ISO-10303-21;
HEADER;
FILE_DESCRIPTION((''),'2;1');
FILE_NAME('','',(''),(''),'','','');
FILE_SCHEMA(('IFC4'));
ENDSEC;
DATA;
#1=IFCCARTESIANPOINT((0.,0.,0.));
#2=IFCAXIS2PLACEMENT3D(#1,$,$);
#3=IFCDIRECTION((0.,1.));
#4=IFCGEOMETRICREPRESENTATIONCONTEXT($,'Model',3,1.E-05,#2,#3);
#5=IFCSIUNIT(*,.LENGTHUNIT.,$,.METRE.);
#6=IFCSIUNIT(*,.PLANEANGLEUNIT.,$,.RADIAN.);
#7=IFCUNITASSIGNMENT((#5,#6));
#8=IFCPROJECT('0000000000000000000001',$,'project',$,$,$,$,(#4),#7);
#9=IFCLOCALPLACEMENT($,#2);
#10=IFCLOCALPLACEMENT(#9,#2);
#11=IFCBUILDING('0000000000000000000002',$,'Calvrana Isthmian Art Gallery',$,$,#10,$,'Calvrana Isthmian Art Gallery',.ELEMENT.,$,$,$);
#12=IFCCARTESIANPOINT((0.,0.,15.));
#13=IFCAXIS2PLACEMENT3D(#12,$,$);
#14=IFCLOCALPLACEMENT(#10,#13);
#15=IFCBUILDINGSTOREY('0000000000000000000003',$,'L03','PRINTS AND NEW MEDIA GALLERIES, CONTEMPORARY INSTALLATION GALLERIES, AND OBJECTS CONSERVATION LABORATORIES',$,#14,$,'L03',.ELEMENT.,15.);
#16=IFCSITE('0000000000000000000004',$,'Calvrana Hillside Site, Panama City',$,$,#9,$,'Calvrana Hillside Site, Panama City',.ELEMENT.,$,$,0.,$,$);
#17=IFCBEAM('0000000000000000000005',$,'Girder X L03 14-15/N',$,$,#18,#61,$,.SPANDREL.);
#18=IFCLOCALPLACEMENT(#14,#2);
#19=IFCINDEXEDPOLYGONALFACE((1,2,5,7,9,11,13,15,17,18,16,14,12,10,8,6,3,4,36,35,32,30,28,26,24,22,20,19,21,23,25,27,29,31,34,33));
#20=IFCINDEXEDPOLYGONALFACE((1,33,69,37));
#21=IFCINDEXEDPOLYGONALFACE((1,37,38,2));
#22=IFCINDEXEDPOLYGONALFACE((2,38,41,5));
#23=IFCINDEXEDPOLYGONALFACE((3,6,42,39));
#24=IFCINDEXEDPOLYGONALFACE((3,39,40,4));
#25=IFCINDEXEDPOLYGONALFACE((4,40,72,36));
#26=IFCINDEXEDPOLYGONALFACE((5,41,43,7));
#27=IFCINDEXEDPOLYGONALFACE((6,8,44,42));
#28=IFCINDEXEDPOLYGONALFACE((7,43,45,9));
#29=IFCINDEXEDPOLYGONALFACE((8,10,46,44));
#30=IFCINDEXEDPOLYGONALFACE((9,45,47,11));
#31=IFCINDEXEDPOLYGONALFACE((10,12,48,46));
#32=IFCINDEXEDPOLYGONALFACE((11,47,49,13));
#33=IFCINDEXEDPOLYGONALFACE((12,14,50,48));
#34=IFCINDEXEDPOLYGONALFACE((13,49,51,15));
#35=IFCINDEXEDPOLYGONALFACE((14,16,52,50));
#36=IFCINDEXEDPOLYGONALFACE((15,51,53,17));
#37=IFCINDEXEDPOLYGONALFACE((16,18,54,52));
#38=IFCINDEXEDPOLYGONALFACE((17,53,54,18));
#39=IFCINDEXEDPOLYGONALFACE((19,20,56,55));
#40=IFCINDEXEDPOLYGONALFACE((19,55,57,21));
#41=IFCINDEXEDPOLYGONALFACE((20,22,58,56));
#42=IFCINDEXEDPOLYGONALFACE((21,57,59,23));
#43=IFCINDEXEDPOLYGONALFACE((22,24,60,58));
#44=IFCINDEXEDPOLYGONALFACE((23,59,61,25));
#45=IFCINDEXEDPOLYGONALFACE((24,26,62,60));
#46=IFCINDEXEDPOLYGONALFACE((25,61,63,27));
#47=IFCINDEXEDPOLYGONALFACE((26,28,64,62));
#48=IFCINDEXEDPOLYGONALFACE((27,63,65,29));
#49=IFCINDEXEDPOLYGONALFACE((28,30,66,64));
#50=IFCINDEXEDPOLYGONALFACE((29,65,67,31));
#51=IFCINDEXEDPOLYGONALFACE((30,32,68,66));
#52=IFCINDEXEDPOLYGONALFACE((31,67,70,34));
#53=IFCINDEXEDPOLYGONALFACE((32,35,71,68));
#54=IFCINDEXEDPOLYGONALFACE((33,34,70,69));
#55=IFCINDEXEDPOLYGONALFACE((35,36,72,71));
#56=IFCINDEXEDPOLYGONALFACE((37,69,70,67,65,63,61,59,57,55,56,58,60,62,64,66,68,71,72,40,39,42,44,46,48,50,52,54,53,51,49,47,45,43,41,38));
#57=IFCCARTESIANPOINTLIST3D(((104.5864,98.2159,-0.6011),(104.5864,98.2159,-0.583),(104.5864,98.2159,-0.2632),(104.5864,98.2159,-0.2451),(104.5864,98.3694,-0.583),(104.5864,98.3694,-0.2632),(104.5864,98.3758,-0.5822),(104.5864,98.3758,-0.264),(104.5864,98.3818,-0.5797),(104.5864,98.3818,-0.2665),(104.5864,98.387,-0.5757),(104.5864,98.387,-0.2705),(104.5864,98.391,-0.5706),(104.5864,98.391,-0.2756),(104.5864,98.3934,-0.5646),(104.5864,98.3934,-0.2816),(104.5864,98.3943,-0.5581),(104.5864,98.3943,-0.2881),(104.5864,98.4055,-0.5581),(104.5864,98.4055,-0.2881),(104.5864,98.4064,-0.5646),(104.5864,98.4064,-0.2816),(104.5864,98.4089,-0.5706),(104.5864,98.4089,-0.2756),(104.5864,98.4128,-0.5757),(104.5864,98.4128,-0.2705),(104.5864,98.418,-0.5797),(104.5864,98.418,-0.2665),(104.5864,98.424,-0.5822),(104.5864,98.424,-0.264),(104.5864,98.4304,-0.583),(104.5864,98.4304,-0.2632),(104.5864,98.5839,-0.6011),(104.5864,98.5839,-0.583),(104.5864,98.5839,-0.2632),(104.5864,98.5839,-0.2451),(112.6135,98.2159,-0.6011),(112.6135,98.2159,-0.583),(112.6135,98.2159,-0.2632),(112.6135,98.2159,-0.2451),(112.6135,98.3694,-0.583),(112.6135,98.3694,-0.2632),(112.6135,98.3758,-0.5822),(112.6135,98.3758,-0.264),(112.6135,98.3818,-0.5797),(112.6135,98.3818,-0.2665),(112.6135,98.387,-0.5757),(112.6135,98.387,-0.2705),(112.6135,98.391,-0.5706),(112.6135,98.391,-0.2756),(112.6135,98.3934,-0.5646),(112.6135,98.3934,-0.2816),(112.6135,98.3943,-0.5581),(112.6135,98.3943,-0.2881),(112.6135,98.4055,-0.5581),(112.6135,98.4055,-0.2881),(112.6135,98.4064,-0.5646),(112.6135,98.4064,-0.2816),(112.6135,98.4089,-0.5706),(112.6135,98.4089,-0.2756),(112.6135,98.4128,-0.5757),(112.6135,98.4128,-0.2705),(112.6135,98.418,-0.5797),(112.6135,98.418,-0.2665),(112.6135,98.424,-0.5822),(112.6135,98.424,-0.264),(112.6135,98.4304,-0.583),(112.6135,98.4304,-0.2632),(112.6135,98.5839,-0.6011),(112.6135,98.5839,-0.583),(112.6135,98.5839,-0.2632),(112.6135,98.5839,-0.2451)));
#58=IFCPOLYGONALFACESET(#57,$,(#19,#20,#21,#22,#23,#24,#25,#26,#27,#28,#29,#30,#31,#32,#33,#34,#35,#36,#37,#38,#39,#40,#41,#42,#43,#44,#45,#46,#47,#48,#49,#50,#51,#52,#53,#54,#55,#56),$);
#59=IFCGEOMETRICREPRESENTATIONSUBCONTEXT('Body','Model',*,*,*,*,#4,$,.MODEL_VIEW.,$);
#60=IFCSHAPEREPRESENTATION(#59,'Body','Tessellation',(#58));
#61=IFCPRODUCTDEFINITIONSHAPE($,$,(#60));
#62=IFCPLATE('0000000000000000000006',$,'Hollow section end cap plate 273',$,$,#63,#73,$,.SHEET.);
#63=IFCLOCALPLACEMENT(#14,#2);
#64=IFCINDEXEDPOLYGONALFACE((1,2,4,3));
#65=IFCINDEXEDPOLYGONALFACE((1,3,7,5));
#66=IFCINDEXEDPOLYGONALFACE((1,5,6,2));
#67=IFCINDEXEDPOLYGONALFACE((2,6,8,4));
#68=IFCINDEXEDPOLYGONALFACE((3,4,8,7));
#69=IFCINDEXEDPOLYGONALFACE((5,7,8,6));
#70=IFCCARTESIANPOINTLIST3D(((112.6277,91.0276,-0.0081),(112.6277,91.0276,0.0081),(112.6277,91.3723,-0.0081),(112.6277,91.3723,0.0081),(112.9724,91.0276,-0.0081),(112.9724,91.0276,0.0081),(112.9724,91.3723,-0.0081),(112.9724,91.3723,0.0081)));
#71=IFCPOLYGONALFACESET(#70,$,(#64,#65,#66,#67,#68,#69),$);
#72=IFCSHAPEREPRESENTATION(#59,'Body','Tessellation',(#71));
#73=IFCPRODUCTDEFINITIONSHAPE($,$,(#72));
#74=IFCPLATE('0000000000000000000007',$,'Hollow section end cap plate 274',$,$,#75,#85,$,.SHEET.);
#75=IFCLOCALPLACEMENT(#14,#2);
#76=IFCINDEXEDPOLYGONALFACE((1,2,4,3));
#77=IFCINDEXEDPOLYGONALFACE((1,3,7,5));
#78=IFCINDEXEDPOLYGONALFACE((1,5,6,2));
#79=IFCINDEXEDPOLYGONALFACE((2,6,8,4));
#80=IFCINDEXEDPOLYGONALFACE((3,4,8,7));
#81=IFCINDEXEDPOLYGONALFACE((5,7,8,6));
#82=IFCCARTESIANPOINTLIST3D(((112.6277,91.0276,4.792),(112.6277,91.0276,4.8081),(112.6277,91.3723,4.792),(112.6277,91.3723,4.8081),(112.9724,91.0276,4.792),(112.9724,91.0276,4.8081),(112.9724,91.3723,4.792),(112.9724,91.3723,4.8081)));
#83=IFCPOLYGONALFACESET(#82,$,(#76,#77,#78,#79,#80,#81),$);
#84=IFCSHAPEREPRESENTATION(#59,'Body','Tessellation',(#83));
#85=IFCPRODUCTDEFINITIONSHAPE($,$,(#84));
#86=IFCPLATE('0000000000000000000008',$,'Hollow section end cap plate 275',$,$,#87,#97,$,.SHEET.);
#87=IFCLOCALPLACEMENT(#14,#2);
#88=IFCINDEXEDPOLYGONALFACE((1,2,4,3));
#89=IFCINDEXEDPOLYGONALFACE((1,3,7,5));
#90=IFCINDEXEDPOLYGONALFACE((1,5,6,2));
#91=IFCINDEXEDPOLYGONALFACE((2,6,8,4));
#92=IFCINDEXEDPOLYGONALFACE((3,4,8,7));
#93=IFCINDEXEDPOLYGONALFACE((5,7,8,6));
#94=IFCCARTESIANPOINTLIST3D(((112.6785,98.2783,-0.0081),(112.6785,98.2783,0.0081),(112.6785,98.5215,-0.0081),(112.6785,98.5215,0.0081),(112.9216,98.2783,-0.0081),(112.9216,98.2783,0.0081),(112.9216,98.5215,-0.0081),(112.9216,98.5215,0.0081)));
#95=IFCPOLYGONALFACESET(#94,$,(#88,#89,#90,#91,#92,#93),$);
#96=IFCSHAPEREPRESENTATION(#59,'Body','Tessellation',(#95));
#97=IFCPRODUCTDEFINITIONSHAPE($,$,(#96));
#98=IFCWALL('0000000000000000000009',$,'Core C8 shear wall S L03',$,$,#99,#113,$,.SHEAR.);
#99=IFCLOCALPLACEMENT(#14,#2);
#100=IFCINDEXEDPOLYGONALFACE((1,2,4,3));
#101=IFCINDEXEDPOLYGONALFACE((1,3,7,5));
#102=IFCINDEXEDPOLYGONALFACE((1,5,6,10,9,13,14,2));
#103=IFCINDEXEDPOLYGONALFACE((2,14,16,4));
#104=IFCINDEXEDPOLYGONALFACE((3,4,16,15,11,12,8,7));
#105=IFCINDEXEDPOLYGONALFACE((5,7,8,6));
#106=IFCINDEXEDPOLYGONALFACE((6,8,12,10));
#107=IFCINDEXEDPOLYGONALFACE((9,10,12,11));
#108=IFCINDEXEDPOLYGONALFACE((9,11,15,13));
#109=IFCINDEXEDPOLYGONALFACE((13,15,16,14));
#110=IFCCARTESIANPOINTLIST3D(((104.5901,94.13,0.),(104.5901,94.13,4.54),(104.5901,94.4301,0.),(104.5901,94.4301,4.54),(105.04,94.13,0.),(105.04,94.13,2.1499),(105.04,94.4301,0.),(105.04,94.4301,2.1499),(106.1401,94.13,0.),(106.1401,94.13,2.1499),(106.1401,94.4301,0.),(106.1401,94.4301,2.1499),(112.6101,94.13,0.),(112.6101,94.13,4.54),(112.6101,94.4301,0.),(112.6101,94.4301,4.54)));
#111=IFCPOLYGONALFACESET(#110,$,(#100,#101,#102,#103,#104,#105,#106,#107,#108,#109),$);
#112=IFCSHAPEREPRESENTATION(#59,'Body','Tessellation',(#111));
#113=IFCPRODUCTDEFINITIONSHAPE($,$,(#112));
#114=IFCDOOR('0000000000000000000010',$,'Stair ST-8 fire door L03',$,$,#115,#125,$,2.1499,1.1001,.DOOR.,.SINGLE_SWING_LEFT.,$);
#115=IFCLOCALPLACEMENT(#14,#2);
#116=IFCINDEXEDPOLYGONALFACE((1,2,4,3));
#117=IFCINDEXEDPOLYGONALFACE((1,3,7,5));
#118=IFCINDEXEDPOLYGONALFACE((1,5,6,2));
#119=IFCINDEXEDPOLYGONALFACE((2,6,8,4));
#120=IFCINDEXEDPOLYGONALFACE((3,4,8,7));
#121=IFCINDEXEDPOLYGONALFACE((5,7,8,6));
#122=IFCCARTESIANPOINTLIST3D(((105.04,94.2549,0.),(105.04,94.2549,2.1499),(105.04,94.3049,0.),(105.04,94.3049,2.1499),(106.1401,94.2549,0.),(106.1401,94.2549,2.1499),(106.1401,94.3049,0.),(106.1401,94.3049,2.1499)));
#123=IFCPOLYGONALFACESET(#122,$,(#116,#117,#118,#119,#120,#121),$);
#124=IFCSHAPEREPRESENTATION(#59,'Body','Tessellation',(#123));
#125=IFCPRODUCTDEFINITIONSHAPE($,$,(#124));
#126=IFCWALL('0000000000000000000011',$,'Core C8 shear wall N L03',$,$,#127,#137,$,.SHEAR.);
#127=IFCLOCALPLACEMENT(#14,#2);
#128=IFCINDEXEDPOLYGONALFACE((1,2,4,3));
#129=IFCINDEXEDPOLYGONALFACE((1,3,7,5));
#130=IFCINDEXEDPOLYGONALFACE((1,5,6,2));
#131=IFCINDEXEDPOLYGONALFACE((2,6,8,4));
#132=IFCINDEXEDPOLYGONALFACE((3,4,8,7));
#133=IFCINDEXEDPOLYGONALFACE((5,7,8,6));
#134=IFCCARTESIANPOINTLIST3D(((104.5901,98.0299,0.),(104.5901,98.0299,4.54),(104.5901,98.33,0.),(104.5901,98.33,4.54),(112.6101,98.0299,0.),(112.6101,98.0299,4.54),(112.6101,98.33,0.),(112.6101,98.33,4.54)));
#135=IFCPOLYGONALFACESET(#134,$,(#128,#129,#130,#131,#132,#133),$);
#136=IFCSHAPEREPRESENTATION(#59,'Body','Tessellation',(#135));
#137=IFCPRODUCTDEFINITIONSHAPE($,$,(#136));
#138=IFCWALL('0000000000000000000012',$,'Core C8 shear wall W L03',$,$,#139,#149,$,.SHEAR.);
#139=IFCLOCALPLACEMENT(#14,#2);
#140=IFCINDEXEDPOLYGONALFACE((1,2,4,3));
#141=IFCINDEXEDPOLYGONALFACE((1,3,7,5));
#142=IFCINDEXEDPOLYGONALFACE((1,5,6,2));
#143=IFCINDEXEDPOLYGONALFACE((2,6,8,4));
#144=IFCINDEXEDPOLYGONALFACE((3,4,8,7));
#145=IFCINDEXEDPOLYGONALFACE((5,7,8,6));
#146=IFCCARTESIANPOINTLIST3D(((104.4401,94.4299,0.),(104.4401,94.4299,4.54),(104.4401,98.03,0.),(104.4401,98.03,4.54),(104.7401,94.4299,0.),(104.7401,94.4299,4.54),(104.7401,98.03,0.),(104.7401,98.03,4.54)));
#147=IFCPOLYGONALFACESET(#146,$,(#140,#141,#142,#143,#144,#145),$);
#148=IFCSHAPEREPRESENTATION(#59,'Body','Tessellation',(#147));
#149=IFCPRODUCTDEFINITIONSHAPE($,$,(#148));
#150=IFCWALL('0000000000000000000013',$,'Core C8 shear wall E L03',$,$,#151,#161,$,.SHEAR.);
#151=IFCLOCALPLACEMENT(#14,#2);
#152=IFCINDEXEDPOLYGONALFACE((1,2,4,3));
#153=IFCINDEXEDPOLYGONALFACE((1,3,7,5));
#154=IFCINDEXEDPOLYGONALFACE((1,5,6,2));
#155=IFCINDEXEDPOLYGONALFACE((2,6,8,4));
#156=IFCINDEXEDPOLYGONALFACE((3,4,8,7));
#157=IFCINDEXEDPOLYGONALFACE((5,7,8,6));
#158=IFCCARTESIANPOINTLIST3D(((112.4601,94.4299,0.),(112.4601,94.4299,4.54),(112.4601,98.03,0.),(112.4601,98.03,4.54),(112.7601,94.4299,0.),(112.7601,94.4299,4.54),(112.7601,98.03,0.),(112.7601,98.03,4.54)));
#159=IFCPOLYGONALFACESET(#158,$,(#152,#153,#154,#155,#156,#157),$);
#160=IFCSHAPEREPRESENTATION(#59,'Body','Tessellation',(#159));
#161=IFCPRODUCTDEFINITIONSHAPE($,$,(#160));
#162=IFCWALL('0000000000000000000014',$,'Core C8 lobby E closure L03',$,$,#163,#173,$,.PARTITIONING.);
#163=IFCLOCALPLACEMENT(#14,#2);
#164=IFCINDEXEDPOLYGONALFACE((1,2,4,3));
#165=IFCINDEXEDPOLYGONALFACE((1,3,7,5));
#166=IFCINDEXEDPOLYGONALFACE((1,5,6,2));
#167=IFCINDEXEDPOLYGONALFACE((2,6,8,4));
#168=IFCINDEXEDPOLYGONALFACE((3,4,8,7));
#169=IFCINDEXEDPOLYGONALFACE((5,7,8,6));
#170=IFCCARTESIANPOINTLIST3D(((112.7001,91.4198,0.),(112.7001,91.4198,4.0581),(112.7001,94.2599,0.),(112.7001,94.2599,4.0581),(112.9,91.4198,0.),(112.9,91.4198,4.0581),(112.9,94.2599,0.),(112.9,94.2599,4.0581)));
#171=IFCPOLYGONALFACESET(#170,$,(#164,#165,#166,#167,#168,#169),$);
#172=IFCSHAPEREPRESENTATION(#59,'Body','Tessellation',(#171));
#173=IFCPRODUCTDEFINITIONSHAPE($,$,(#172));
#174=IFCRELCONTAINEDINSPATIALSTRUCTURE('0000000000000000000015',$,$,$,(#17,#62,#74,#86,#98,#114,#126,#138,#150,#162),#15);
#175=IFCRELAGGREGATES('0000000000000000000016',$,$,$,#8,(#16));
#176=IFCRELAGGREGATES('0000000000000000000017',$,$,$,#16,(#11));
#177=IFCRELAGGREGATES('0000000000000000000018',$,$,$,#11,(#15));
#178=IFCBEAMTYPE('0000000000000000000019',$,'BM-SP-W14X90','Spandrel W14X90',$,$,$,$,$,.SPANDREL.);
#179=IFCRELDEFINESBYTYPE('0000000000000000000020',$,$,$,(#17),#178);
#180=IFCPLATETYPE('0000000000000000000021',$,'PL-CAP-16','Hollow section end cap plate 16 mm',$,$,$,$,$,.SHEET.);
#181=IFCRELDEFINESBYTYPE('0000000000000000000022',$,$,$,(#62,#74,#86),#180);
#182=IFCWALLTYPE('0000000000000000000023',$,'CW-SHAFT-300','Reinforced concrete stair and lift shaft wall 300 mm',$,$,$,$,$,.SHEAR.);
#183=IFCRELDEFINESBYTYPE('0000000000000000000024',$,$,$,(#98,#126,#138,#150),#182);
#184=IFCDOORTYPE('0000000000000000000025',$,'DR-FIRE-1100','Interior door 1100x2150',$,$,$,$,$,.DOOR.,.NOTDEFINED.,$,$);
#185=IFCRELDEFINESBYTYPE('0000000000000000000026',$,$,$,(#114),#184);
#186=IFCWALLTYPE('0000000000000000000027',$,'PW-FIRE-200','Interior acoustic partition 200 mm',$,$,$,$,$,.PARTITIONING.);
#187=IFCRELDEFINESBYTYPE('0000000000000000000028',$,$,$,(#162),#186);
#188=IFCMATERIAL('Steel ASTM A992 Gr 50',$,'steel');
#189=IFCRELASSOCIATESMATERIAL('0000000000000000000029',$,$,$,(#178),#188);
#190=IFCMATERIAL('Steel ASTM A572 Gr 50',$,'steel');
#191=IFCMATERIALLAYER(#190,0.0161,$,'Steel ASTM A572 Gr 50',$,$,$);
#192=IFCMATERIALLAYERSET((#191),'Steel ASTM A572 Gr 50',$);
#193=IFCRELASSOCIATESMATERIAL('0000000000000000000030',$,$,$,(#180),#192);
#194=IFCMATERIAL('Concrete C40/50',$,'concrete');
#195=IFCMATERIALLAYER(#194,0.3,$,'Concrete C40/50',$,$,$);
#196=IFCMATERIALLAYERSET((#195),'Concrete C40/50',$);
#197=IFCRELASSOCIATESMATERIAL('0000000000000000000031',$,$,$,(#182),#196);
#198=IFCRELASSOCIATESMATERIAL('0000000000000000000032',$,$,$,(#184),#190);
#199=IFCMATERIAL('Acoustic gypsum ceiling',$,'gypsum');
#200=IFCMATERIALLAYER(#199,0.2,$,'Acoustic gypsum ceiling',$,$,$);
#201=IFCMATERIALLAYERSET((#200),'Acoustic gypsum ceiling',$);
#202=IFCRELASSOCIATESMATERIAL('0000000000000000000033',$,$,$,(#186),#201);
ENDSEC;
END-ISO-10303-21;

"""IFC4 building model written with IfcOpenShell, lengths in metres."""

from ifc_helpers import new_model, si_unit, direction, frame, frame_2d, origin, origin_2d, place, context, subcontext, project, spatial, rectangle, i_section, extrude, material, layer, layer_set, material_profile, profile_set, type_object, element, fill, save


model = new_model("IFC4")

# Units and contexts
model_context = context("Model", 3, precision=1e-05, world=origin(), true_north=direction((0.0, 1.0)))
body_context = subcontext(model_context, "Body", "Model", "MODEL_VIEW")
ifc_project = project(units=[si_unit("LENGTHUNIT", "METRE"), si_unit("PLANEANGLEUNIT", "RADIAN")], contexts=[model_context])

# Site, building, storey
site_placement = place(None, origin())
site = spatial("IfcSite", under=ifc_project, at=site_placement, Name="Calvrana Hillside Site, Panama City", LongName="Calvrana Hillside Site, Panama City", CompositionType="ELEMENT", RefElevation=0.0)
building_placement = place(site_placement, origin())
building = spatial("IfcBuilding", under=site, at=building_placement, Name="Calvrana Isthmian Art Gallery", LongName="Calvrana Isthmian Art Gallery", CompositionType="ELEMENT")
storey_placement = place(building_placement, frame((0.0, 0.0, 15.0)))
storey = spatial("IfcBuildingStorey", under=building, at=storey_placement, Name="L03", Description="PRINTS AND NEW MEDIA GALLERIES, CONTEMPORARY INSTALLATION GALLERIES, AND OBJECTS CONSERVATION LABORATORIES", LongName="L03", CompositionType="ELEMENT", Elevation=15.0)

# Beam
ifc_material_1 = material(Name="Steel ASTM A992 Gr 50", Category="steel")
ifc_material_profile_1 = material_profile(ifc_material_1, i_section(OverallWidth=0.3679, OverallDepth=0.356, WebThickness=0.0112, FlangeThickness=0.0181, FilletRadius=0.0249, at=origin_2d()), Name="W14X90")
ifc_profile_set_1 = profile_set([ifc_material_profile_1], Name="Steel ASTM A992 Gr 50")
beam_type_1 = type_object("IfcBeamType", Name="BM-SP-W14X90", Description="Spandrel W14X90", PredefinedType="SPANDREL", material=ifc_profile_set_1)
beam_1_placement = place(storey_placement, frame((104.5864, 98.3999, -0.4231), z_axis=(1.0, 0.0, 0.0), x_axis=(0.0, 1.0, 0.0)))
element("IfcBeam", 1, at=beam_1_placement, inside=storey, type_object=beam_type_1, Name="Girder X L03 14-15/N", PredefinedType="SPANDREL", context=body_context, shape_type="SweptSolid", body=[
    extrude(i_section(OverallWidth=0.3679, OverallDepth=0.356, WebThickness=0.0112, FlangeThickness=0.0181, FilletRadius=0.0249, at=origin_2d()), origin(), (0.0, 0.0, 1.0), 8.0271),
])

# Plates
ifc_material_2 = material(Name="Steel ASTM A572 Gr 50", Category="steel")
ifc_layer_1 = layer(ifc_material_2, 0.0161, Name="Steel ASTM A572 Gr 50")
ifc_layer_set_1 = layer_set([ifc_layer_1], Name="Steel ASTM A572 Gr 50")
plate_type = type_object("IfcPlateType", Name="PL-CAP-16", Description="Hollow section end cap plate 16 mm", PredefinedType="SHEET", material=ifc_layer_set_1)
for number, where, z_axis, x_axis, name in (
    (2, (112.8, 91.2, -0.0081), (0.0, 0.0, 1.0), (1.0, 0.0, 0.0), "Hollow section end cap plate 273"),
    (3, (112.8, 91.2, 4.792), (0.0, 0.0, 1.0), (1.0, 0.0, 0.0), "Hollow section end cap plate 274"),
):
    element("IfcPlate", number, at=place(storey_placement, frame(where, z_axis=z_axis, x_axis=x_axis)), inside=storey, type_object=plate_type, Name=name, PredefinedType="SHEET", context=body_context, shape_type="SweptSolid", body=[
        extrude(rectangle(XDim=0.3447, YDim=0.3447, at=origin_2d()), origin(), (0.0, 0.0, 1.0), 0.0161),
    ])
plate_placement = place(storey_placement, frame((112.8, 98.3999, -0.0081), z_axis=(0.0, 0.0, 1.0), x_axis=(1.0, 0.0, 0.0)))
element("IfcPlate", 4, at=plate_placement, inside=storey, type_object=plate_type, Name="Hollow section end cap plate 275", PredefinedType="SHEET", context=body_context, shape_type="SweptSolid", body=[
    extrude(rectangle(XDim=0.2432, YDim=0.2432, at=origin_2d()), origin(), (0.0, 0.0, 1.0), 0.0161),
])

# Wall, opening, door
ifc_material_3 = material(Name="Concrete C40/50", Category="concrete")
ifc_layer_2 = layer(ifc_material_3, 0.3, Name="Concrete C40/50")
ifc_layer_set_2 = layer_set([ifc_layer_2], Name="Concrete C40/50")
wall_type_1 = type_object("IfcWallType", Name="CW-SHAFT-300", Description="Reinforced concrete stair and lift shaft wall 300 mm", PredefinedType="SHEAR", material=ifc_layer_set_2)
wall_1_placement = place(storey_placement, frame((104.5901, 94.28, 0.0), z_axis=(0.0, 0.0, 1.0), x_axis=(1.0, 0.0, 0.0)))
wall_1 = element("IfcWall", 5, at=wall_1_placement, inside=storey, type_object=wall_type_1, Name="Core C8 shear wall S L03", PredefinedType="SHEAR", context=body_context, shape_type="SweptSolid", body=[
    extrude(rectangle(XDim=8.02, YDim=0.3, at=frame_2d((4.01, 0.0))), origin(), (0.0, 0.0, 1.0), 4.54),
])
opening_1_placement = place(wall_1_placement, frame((0.45, 0.0, 0.0)))
opening_1 = element("IfcOpeningElement", 6, at=opening_1_placement, cuts=wall_1, PredefinedType="OPENING", context=body_context, shape_type="SweptSolid", body=[
    extrude(rectangle(XDim=1.1001, YDim=2.1499, at=frame_2d((0.55, 1.075))), frame((0.0, 0.1602, 0.0), z_axis=(0.0, -1.0, 0.0), x_axis=(1.0, 0.0, 0.0)), (0.0, 0.0, 1.0), 0.3206),
])
door_type_1 = type_object("IfcDoorType", Name="DR-FIRE-1100", Description="Interior door 1100x2150", OperationType="NOTDEFINED", PredefinedType="DOOR", material=ifc_material_2)
door_1_placement = place(opening_1_placement, origin())
door_1 = element("IfcDoor", 7, at=door_1_placement, inside=storey, type_object=door_type_1, Name="Stair ST-8 fire door L03", OperationType="SINGLE_SWING_LEFT", OverallHeight=2.1499, OverallWidth=1.1001, PredefinedType="DOOR", context=body_context, shape_type="SweptSolid", body=[
    extrude(rectangle(XDim=1.1001, YDim=2.1499, at=frame_2d((0.55, 1.075))), frame((0.0, 0.0249, 0.0), z_axis=(0.0, -1.0, 0.0), x_axis=(1.0, 0.0, 0.0)), (0.0, 0.0, 1.0), 0.05),
])
fill(opening_1, door_1)

# Walls
wall_2_placement = place(storey_placement, frame((104.5901, 98.1799, 0.0), z_axis=(0.0, 0.0, 1.0), x_axis=(1.0, 0.0, 0.0)))
element("IfcWall", 8, at=wall_2_placement, inside=storey, type_object=wall_type_1, Name="Core C8 shear wall N L03", PredefinedType="SHEAR", context=body_context, shape_type="SweptSolid", body=[
    extrude(rectangle(XDim=8.02, YDim=0.3, at=frame_2d((4.01, 0.0))), origin(), (0.0, 0.0, 1.0), 4.54),
])
for number, where, z_axis, x_axis, name in (
    (9, (104.5901, 94.4299, 0.0), (0.0, 0.0, 1.0), (0.0, 1.0, 0.0), "Core C8 shear wall W L03"),
    (10, (112.6101, 94.4299, 0.0), (0.0, 0.0, 1.0), (0.0, 1.0, 0.0), "Core C8 shear wall E L03"),
):
    element("IfcWall", number, at=place(storey_placement, frame(where, z_axis=z_axis, x_axis=x_axis)), inside=storey, type_object=wall_type_1, Name=name, PredefinedType="SHEAR", context=body_context, shape_type="SweptSolid", body=[
        extrude(rectangle(XDim=3.6001, YDim=0.3, at=frame_2d((1.8, 0.0))), origin(), (0.0, 0.0, 1.0), 4.54),
    ])
ifc_material_4 = material(Name="Acoustic gypsum ceiling", Category="gypsum")
ifc_layer_3 = layer(ifc_material_4, 0.2, Name="Acoustic gypsum ceiling")
ifc_layer_set_3 = layer_set([ifc_layer_3], Name="Acoustic gypsum ceiling")
wall_type_2 = type_object("IfcWallType", Name="PW-FIRE-200", Description="Interior acoustic partition 200 mm", PredefinedType="PARTITIONING", material=ifc_layer_set_3)
wall_3_placement = place(storey_placement, frame((112.8, 91.4199, 0.0), z_axis=(0.0, 0.0, 1.0), x_axis=(0.0, 1.0, 0.0)))
element("IfcWall", 11, at=wall_3_placement, inside=storey, type_object=wall_type_2, Name="Core C8 lobby E closure L03", PredefinedType="PARTITIONING", context=body_context, shape_type="SweptSolid", body=[
    extrude(rectangle(XDim=2.8401, YDim=0.2, at=frame_2d((1.4199, 0.0))), origin(), (0.0, 0.0, 1.0), 4.0581),
])

save(model, "model.ifc")
